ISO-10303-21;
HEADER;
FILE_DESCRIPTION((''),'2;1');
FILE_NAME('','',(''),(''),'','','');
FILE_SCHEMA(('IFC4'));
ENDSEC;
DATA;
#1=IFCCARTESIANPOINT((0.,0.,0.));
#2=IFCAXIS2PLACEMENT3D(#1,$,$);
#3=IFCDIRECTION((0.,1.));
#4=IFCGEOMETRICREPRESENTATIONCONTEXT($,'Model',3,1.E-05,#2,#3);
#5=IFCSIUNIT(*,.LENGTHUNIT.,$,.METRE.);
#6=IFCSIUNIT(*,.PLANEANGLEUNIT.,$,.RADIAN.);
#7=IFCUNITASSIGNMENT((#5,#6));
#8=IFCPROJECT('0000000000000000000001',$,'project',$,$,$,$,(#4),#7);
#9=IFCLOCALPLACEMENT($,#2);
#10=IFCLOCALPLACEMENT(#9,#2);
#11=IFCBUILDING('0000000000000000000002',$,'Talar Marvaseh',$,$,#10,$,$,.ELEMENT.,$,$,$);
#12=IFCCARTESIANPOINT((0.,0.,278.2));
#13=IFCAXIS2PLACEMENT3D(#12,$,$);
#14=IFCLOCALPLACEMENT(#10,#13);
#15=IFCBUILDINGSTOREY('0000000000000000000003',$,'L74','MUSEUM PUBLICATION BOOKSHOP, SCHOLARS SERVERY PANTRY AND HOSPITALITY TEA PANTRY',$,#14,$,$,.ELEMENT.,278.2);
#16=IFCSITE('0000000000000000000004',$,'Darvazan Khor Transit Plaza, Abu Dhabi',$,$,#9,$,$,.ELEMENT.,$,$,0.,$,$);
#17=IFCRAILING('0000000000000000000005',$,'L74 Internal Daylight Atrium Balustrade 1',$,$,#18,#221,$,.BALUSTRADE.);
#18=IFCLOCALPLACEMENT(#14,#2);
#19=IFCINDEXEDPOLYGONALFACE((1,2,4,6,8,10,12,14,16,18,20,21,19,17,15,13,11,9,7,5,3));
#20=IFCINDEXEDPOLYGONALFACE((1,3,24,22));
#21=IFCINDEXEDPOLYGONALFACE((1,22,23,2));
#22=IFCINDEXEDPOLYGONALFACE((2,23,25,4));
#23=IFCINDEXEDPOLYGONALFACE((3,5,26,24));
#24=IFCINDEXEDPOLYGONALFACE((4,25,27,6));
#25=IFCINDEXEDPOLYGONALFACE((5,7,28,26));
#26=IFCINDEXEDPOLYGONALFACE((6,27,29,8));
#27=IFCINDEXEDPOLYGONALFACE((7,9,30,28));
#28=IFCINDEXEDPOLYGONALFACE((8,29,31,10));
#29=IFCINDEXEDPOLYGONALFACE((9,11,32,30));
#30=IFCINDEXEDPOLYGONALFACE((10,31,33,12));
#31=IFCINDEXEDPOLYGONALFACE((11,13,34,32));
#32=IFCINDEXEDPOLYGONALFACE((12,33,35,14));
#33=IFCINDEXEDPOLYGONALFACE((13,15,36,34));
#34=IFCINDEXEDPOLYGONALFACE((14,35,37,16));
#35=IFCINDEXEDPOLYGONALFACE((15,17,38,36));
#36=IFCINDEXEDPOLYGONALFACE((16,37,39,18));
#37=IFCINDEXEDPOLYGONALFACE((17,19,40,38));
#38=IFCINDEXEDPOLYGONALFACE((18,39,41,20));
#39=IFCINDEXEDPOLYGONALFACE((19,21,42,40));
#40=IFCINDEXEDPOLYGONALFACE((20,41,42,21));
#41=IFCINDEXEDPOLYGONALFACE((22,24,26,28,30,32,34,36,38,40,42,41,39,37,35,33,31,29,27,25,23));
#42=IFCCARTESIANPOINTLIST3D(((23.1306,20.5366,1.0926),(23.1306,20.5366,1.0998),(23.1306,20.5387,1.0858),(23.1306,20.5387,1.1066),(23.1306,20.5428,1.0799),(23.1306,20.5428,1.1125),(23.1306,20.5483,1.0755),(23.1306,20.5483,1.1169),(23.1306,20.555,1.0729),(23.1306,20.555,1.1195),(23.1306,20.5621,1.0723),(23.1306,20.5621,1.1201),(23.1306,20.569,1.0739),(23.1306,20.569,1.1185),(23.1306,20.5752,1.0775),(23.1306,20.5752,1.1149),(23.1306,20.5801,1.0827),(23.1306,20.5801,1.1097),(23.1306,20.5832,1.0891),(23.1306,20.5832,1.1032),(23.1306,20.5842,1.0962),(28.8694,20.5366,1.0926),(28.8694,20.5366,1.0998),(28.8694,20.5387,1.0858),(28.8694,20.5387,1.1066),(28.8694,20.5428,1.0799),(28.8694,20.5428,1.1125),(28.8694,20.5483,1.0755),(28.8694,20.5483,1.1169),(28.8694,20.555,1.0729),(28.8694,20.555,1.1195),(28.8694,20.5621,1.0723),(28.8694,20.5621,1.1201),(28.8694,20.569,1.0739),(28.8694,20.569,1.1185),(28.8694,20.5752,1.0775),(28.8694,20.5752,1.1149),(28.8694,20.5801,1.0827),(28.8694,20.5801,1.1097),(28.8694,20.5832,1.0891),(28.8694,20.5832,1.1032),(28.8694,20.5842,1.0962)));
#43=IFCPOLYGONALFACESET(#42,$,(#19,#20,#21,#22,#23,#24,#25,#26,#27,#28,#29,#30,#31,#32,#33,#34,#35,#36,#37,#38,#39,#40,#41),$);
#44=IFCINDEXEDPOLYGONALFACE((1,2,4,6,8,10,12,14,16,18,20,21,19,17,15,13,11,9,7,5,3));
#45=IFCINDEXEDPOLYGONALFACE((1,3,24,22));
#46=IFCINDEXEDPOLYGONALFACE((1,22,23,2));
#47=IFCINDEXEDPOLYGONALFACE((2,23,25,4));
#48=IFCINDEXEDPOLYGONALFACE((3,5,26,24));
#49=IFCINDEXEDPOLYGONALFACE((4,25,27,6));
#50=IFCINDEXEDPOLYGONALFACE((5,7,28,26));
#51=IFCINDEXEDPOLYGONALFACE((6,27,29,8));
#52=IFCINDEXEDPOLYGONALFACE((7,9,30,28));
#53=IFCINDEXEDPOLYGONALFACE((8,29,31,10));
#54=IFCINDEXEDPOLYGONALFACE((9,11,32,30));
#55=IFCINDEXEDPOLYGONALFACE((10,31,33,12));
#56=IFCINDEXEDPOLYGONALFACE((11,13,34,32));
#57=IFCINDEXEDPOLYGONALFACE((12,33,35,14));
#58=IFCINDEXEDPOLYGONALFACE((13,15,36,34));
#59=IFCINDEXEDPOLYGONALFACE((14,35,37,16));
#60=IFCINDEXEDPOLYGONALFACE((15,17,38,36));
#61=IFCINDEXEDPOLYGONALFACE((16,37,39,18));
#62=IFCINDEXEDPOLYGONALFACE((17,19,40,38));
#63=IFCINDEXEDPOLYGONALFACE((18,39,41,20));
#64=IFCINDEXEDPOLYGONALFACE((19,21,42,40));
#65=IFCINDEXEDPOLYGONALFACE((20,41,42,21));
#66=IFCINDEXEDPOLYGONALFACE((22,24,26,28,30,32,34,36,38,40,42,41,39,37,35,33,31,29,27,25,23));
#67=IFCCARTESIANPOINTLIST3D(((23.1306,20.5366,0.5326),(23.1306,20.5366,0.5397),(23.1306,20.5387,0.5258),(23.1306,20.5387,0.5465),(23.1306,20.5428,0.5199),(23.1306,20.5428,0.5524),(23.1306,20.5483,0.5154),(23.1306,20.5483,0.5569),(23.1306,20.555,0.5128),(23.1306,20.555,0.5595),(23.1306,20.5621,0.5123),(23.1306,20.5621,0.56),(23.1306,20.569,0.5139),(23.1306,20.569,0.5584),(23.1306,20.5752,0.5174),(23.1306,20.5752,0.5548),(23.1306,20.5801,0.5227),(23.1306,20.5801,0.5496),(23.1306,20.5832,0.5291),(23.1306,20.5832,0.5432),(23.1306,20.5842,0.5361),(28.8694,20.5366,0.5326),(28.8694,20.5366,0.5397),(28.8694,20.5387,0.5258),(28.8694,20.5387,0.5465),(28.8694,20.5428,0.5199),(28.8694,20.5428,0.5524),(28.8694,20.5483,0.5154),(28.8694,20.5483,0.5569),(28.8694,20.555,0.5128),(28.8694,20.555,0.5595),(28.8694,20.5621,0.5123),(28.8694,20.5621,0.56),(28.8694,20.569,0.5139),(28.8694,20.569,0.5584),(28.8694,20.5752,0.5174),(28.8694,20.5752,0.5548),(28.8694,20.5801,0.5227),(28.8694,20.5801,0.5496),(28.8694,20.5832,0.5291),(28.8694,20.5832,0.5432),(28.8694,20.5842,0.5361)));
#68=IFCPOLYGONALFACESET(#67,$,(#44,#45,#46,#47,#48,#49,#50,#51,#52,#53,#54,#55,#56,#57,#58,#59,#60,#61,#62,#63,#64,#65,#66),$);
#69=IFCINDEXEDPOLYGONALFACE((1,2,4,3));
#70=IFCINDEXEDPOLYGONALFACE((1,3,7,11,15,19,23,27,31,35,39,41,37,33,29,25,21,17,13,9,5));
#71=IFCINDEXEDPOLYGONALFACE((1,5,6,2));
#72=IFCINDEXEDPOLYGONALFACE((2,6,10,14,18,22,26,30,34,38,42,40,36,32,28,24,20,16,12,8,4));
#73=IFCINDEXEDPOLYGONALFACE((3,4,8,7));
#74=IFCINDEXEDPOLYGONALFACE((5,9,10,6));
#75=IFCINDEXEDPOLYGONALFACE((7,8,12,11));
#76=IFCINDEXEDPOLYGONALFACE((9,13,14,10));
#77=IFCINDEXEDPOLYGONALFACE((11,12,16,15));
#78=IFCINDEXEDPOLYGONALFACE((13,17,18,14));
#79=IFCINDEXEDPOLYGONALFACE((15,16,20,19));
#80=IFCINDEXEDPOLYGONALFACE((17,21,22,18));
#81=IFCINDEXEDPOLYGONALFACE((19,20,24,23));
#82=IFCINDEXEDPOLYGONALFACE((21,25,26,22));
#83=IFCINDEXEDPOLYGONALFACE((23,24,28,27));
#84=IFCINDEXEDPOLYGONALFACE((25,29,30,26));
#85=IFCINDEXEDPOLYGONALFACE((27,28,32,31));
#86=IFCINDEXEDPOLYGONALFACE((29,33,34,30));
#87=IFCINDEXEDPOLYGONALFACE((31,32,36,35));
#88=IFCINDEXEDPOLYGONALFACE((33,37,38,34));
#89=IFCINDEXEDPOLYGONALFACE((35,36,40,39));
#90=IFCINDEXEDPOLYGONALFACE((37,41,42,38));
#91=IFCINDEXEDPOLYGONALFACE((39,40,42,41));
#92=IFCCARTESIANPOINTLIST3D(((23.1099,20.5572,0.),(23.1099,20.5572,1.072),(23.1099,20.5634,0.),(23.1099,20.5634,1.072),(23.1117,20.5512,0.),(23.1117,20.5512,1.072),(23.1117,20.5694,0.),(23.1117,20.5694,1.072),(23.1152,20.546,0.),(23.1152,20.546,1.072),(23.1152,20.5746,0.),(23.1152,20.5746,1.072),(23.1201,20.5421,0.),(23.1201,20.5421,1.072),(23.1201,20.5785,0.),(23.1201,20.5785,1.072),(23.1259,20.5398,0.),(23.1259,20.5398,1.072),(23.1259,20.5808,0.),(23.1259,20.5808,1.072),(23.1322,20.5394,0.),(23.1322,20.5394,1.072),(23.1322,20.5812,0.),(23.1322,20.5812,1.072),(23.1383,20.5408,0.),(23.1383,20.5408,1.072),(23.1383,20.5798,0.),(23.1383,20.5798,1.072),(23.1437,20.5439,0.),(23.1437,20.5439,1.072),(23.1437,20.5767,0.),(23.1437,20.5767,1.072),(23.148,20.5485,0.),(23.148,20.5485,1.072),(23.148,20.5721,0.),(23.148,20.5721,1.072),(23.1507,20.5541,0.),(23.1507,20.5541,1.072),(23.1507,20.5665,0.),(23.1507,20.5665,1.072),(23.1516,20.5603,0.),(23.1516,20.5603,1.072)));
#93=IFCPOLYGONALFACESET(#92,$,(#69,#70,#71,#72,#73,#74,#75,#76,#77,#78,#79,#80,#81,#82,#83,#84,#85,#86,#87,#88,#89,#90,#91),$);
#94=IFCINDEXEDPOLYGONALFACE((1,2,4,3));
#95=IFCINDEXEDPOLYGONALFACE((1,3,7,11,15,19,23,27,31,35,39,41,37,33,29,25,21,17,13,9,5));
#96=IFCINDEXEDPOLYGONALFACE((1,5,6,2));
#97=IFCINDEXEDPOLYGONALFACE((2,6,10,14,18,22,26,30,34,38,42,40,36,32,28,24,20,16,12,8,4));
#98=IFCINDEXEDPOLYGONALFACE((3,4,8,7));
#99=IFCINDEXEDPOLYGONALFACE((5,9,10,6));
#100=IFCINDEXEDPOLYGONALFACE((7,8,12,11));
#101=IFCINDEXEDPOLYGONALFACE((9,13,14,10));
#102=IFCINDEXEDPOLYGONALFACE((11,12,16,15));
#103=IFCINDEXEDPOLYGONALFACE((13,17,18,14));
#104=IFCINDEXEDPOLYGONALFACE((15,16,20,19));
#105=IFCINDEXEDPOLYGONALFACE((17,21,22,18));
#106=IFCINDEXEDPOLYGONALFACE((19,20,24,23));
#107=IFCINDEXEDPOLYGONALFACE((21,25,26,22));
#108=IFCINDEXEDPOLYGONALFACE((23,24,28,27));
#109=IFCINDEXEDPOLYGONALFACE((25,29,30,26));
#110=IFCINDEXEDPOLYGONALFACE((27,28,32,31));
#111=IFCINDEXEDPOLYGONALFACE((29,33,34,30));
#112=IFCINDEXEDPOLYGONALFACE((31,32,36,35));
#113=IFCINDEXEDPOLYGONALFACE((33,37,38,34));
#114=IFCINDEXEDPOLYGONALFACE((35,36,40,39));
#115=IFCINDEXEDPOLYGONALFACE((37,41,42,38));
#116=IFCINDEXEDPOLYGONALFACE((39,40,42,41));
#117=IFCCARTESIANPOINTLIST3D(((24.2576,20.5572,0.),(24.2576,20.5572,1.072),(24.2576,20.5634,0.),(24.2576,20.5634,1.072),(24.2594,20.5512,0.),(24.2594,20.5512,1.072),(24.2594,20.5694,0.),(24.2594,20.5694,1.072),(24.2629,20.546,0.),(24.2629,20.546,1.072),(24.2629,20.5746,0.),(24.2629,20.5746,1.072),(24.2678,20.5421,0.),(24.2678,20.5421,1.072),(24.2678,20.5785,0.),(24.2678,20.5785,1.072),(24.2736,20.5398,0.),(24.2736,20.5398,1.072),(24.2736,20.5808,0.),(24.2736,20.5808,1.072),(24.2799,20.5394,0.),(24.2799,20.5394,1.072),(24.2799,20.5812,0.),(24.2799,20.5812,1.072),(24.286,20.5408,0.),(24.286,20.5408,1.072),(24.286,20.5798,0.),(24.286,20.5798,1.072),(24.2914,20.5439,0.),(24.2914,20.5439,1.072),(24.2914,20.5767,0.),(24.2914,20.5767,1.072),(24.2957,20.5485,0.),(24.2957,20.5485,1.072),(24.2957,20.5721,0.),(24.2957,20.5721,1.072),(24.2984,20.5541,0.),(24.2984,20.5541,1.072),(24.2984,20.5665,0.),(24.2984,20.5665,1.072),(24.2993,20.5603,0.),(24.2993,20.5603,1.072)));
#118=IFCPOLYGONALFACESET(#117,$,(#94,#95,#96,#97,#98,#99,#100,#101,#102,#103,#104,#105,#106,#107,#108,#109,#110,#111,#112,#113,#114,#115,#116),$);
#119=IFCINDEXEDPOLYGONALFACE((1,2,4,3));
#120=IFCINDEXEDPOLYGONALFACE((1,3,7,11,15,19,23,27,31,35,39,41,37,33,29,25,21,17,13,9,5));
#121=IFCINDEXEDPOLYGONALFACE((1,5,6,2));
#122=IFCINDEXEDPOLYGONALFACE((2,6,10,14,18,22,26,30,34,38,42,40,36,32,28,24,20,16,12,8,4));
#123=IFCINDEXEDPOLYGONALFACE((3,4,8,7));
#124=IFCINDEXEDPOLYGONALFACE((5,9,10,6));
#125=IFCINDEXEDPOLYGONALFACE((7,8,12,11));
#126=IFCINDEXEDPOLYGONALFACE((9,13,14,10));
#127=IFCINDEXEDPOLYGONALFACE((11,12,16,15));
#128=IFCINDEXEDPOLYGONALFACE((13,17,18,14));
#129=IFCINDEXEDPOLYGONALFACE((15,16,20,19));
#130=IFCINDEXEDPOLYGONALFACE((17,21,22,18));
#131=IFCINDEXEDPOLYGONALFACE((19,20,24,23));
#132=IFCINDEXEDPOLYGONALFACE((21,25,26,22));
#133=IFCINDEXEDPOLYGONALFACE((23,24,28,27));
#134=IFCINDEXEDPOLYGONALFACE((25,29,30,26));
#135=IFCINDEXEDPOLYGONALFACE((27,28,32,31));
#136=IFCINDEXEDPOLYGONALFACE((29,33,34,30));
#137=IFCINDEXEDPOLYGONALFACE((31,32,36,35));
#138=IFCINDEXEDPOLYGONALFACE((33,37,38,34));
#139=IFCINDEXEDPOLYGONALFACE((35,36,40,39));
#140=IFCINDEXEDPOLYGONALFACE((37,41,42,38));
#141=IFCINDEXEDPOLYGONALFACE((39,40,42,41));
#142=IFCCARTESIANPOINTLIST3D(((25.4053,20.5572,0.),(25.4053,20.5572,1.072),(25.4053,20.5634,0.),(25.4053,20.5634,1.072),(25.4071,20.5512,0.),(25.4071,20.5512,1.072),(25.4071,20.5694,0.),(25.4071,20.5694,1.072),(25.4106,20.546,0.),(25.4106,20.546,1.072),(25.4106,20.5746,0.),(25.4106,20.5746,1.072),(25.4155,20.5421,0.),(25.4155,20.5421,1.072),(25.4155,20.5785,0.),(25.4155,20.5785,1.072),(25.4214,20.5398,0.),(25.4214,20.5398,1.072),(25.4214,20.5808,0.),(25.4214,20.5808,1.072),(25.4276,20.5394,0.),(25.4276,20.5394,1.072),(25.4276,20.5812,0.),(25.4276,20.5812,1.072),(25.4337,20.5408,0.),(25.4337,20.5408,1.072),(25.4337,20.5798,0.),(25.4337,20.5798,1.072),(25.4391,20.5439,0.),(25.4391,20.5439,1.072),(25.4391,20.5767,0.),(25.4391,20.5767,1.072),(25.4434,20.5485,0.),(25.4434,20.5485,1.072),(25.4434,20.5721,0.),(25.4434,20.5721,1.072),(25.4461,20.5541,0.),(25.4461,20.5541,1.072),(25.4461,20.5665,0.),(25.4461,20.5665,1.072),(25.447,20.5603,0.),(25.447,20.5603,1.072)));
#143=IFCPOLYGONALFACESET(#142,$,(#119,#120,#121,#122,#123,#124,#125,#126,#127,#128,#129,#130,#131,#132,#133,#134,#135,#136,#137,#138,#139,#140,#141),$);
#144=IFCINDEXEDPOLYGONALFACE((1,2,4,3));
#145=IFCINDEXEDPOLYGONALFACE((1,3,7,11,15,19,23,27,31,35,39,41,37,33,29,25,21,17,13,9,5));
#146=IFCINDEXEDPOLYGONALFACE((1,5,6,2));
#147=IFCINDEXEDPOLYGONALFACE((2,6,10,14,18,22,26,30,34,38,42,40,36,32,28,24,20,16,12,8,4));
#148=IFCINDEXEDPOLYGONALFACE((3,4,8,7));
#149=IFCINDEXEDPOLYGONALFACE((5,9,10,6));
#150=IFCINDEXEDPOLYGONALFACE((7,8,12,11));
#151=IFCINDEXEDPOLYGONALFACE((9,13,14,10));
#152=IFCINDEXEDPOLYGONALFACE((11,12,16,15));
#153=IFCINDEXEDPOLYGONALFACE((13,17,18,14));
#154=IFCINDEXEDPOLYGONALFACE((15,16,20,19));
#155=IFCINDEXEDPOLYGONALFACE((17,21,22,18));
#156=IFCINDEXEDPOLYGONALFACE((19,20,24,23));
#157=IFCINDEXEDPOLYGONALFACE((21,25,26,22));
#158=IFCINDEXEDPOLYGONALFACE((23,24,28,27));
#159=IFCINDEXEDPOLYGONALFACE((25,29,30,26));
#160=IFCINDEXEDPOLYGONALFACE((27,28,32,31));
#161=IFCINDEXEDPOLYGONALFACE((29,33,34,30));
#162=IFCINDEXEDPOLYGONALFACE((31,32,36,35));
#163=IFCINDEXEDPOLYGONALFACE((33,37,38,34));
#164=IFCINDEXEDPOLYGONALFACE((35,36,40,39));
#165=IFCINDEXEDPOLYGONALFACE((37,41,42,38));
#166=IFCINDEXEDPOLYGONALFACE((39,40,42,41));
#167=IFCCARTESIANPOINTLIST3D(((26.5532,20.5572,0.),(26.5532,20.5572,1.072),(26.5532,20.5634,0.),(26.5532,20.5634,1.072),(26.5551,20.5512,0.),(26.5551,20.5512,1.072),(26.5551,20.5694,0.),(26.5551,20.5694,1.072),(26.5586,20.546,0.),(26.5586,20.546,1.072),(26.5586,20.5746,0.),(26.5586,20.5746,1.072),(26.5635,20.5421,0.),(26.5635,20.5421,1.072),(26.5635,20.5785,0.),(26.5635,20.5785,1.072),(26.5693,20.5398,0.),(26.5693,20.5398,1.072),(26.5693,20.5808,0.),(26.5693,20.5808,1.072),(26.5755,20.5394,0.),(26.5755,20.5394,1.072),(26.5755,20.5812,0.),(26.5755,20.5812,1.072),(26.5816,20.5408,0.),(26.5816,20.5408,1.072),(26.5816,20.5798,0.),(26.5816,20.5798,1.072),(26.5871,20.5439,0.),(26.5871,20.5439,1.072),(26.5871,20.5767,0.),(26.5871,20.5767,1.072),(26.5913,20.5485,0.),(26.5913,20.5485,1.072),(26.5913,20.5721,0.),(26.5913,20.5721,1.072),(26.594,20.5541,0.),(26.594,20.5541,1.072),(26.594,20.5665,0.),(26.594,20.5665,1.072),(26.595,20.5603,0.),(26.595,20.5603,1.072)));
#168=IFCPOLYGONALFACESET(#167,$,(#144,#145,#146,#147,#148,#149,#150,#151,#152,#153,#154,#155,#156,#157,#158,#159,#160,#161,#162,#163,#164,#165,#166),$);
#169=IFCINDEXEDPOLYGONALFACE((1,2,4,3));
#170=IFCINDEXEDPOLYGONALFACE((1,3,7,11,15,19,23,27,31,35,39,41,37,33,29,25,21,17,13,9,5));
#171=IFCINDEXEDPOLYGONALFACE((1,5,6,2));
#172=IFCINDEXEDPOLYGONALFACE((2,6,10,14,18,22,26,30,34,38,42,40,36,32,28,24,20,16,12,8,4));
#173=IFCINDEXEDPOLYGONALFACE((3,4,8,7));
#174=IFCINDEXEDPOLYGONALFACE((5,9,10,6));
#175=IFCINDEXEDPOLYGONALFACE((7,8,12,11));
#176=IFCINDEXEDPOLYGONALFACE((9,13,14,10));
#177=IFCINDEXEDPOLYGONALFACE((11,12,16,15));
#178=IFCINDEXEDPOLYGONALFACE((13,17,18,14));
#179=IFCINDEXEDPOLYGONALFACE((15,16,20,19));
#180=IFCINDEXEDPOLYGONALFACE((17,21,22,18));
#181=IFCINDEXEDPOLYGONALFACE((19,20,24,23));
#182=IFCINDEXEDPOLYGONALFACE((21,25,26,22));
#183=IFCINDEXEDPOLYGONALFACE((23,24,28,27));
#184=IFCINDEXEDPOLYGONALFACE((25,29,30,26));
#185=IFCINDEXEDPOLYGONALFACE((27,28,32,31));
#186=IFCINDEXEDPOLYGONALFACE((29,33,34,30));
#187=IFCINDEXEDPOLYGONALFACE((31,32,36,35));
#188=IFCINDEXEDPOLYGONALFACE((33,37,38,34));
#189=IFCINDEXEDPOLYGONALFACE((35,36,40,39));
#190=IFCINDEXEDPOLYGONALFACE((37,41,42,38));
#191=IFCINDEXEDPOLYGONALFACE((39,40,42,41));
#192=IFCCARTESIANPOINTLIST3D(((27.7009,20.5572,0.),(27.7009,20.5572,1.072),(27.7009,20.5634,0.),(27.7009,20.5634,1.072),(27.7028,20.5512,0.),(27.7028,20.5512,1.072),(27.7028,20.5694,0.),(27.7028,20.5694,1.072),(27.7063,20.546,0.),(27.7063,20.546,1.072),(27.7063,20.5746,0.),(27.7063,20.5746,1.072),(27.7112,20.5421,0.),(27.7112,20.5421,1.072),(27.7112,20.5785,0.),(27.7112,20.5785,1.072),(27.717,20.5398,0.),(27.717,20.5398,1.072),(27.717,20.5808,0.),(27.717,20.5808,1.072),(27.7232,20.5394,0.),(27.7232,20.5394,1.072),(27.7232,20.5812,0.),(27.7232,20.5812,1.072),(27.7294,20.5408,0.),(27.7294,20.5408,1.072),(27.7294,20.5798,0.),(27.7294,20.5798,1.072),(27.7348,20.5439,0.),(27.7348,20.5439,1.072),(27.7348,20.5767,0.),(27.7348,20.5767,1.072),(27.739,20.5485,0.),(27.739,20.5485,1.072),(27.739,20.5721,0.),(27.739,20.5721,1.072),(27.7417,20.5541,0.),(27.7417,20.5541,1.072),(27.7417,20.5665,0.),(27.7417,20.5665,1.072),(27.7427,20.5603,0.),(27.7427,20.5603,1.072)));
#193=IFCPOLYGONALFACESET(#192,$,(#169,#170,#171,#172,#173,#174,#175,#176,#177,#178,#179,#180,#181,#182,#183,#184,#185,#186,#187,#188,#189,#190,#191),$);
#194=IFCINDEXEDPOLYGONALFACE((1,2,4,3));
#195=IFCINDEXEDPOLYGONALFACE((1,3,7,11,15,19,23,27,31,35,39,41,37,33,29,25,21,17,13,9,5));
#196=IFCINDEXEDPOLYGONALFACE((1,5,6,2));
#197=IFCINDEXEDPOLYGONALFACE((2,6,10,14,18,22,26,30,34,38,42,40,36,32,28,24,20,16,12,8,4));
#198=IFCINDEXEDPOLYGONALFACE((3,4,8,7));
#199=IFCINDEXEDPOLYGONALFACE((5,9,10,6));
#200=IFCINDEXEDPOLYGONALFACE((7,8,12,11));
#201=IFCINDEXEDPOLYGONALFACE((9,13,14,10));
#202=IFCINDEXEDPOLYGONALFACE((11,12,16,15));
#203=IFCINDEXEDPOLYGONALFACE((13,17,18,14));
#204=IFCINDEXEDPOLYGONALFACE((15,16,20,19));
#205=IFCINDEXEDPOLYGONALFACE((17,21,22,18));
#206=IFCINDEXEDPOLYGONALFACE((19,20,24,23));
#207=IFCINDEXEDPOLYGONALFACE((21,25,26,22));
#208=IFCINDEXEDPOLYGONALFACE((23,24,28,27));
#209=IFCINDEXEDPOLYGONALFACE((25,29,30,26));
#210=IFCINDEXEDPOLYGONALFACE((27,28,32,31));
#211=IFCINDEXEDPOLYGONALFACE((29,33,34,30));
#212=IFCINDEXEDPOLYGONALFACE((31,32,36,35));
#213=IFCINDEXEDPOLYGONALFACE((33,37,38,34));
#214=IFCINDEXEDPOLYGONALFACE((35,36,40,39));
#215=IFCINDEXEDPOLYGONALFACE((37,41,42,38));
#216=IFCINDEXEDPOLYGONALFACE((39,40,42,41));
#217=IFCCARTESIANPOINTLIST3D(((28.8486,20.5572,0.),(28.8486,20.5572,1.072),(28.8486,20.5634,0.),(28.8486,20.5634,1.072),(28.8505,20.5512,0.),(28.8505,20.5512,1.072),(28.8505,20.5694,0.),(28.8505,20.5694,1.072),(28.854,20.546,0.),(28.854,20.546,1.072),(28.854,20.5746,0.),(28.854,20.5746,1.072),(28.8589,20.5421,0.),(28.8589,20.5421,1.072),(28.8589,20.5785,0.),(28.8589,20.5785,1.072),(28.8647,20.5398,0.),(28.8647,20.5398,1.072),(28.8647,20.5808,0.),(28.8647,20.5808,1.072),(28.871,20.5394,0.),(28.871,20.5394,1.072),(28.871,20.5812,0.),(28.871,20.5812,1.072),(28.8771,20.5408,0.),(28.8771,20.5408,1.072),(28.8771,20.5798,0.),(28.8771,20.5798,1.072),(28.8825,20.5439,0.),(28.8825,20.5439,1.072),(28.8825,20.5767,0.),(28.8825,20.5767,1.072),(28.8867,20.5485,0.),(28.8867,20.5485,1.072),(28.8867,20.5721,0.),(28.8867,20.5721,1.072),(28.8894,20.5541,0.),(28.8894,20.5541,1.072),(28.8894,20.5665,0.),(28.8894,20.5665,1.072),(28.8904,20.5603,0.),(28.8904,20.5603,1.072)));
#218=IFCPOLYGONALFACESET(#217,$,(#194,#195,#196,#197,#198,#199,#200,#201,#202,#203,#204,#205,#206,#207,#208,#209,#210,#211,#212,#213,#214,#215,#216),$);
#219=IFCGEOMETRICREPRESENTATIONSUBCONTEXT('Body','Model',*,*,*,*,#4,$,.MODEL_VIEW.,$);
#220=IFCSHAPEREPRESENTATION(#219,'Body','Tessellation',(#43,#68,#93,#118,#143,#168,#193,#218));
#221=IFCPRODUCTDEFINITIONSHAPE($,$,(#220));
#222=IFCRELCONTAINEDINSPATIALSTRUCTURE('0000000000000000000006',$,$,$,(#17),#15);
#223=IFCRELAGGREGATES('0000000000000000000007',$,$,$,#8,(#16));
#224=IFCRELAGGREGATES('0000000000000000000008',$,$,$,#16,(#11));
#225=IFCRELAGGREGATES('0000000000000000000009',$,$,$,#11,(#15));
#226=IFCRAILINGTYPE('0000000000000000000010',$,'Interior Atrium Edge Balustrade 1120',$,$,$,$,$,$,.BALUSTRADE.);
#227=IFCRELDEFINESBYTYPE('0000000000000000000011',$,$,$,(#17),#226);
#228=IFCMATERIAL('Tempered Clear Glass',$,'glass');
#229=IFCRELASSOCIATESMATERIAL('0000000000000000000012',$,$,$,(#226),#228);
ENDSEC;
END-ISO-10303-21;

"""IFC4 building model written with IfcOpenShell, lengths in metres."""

from ifc_helpers import new_model, si_unit, direction, frame, origin, origin_2d, place, context, subcontext, project, spatial, circle, extrude, material, type_object, element, save


model = new_model("IFC4")

# Units and contexts
model_context = context("Model", 3, precision=1e-05, world=origin(), true_north=direction((0.0, 1.0)))
body_context = subcontext(model_context, "Body", "Model", "MODEL_VIEW")
ifc_project = project(units=[si_unit("LENGTHUNIT", "METRE"), si_unit("PLANEANGLEUNIT", "RADIAN")], contexts=[model_context])

# Site, building, storey
site_placement = place(None, origin())
site = spatial("IfcSite", under=ifc_project, at=site_placement, Name="Darvazan Khor Transit Plaza, Abu Dhabi", CompositionType="ELEMENT", RefElevation=0.0)
building_placement = place(site_placement, origin())
building = spatial("IfcBuilding", under=site, at=building_placement, Name="Talar Marvaseh", CompositionType="ELEMENT")
storey_placement = place(building_placement, frame((0.0, 0.0, 278.2)))
storey = spatial("IfcBuildingStorey", under=building, at=storey_placement, Name="L74", Description="MUSEUM PUBLICATION BOOKSHOP, SCHOLARS SERVERY PANTRY AND HOSPITALITY TEA PANTRY", CompositionType="ELEMENT", Elevation=278.2)

# Railing
ifc_material_1 = material(Name="Tempered Clear Glass", Category="glass")
railing_type = type_object("IfcRailingType", Name="Interior Atrium Edge Balustrade 1120", PredefinedType="BALUSTRADE", material=ifc_material_1)
railing_1_placement = place(storey_placement, frame((23.1306, 20.5603, 0.0)))
element("IfcRailing", 1, at=railing_1_placement, inside=storey, type_object=railing_type, Name="L74 Internal Daylight Atrium Balustrade 1", PredefinedType="BALUSTRADE", context=body_context, shape_type="SweptSolid", body=[
    extrude(circle(Radius=0.0239, at=origin_2d()), frame((0.0, 0.0, 1.0962), z_axis=(1.0, 0.0, 0.0), x_axis=(0.0, 1.0, 0.0)), (0.0, 0.0, 1.0), 5.7388),
    extrude(circle(Radius=0.0239, at=origin_2d()), frame((0.0, 0.0, 0.5361), z_axis=(1.0, 0.0, 0.0), x_axis=(0.0, 1.0, 0.0)), (0.0, 0.0, 1.0), 5.7388),
    extrude(circle(Radius=0.021, at=origin_2d()), origin(), (0.0, 0.0, 1.0), 1.072),
    extrude(circle(Radius=0.021, at=origin_2d()), frame((1.1477, 0.0, 0.0)), (0.0, 0.0, 1.0), 1.072),
    extrude(circle(Radius=0.021, at=origin_2d()), frame((2.2954, 0.0, 0.0)), (0.0, 0.0, 1.0), 1.072),
    extrude(circle(Radius=0.021, at=origin_2d()), frame((3.4434, 0.0, 0.0)), (0.0, 0.0, 1.0), 1.072),
    extrude(circle(Radius=0.021, at=origin_2d()), frame((4.5911, 0.0, 0.0)), (0.0, 0.0, 1.0), 1.072),
    extrude(circle(Radius=0.021, at=origin_2d()), frame((5.7388, 0.0, 0.0)), (0.0, 0.0, 1.0), 1.072),
])

save(model, "model.ifc")
